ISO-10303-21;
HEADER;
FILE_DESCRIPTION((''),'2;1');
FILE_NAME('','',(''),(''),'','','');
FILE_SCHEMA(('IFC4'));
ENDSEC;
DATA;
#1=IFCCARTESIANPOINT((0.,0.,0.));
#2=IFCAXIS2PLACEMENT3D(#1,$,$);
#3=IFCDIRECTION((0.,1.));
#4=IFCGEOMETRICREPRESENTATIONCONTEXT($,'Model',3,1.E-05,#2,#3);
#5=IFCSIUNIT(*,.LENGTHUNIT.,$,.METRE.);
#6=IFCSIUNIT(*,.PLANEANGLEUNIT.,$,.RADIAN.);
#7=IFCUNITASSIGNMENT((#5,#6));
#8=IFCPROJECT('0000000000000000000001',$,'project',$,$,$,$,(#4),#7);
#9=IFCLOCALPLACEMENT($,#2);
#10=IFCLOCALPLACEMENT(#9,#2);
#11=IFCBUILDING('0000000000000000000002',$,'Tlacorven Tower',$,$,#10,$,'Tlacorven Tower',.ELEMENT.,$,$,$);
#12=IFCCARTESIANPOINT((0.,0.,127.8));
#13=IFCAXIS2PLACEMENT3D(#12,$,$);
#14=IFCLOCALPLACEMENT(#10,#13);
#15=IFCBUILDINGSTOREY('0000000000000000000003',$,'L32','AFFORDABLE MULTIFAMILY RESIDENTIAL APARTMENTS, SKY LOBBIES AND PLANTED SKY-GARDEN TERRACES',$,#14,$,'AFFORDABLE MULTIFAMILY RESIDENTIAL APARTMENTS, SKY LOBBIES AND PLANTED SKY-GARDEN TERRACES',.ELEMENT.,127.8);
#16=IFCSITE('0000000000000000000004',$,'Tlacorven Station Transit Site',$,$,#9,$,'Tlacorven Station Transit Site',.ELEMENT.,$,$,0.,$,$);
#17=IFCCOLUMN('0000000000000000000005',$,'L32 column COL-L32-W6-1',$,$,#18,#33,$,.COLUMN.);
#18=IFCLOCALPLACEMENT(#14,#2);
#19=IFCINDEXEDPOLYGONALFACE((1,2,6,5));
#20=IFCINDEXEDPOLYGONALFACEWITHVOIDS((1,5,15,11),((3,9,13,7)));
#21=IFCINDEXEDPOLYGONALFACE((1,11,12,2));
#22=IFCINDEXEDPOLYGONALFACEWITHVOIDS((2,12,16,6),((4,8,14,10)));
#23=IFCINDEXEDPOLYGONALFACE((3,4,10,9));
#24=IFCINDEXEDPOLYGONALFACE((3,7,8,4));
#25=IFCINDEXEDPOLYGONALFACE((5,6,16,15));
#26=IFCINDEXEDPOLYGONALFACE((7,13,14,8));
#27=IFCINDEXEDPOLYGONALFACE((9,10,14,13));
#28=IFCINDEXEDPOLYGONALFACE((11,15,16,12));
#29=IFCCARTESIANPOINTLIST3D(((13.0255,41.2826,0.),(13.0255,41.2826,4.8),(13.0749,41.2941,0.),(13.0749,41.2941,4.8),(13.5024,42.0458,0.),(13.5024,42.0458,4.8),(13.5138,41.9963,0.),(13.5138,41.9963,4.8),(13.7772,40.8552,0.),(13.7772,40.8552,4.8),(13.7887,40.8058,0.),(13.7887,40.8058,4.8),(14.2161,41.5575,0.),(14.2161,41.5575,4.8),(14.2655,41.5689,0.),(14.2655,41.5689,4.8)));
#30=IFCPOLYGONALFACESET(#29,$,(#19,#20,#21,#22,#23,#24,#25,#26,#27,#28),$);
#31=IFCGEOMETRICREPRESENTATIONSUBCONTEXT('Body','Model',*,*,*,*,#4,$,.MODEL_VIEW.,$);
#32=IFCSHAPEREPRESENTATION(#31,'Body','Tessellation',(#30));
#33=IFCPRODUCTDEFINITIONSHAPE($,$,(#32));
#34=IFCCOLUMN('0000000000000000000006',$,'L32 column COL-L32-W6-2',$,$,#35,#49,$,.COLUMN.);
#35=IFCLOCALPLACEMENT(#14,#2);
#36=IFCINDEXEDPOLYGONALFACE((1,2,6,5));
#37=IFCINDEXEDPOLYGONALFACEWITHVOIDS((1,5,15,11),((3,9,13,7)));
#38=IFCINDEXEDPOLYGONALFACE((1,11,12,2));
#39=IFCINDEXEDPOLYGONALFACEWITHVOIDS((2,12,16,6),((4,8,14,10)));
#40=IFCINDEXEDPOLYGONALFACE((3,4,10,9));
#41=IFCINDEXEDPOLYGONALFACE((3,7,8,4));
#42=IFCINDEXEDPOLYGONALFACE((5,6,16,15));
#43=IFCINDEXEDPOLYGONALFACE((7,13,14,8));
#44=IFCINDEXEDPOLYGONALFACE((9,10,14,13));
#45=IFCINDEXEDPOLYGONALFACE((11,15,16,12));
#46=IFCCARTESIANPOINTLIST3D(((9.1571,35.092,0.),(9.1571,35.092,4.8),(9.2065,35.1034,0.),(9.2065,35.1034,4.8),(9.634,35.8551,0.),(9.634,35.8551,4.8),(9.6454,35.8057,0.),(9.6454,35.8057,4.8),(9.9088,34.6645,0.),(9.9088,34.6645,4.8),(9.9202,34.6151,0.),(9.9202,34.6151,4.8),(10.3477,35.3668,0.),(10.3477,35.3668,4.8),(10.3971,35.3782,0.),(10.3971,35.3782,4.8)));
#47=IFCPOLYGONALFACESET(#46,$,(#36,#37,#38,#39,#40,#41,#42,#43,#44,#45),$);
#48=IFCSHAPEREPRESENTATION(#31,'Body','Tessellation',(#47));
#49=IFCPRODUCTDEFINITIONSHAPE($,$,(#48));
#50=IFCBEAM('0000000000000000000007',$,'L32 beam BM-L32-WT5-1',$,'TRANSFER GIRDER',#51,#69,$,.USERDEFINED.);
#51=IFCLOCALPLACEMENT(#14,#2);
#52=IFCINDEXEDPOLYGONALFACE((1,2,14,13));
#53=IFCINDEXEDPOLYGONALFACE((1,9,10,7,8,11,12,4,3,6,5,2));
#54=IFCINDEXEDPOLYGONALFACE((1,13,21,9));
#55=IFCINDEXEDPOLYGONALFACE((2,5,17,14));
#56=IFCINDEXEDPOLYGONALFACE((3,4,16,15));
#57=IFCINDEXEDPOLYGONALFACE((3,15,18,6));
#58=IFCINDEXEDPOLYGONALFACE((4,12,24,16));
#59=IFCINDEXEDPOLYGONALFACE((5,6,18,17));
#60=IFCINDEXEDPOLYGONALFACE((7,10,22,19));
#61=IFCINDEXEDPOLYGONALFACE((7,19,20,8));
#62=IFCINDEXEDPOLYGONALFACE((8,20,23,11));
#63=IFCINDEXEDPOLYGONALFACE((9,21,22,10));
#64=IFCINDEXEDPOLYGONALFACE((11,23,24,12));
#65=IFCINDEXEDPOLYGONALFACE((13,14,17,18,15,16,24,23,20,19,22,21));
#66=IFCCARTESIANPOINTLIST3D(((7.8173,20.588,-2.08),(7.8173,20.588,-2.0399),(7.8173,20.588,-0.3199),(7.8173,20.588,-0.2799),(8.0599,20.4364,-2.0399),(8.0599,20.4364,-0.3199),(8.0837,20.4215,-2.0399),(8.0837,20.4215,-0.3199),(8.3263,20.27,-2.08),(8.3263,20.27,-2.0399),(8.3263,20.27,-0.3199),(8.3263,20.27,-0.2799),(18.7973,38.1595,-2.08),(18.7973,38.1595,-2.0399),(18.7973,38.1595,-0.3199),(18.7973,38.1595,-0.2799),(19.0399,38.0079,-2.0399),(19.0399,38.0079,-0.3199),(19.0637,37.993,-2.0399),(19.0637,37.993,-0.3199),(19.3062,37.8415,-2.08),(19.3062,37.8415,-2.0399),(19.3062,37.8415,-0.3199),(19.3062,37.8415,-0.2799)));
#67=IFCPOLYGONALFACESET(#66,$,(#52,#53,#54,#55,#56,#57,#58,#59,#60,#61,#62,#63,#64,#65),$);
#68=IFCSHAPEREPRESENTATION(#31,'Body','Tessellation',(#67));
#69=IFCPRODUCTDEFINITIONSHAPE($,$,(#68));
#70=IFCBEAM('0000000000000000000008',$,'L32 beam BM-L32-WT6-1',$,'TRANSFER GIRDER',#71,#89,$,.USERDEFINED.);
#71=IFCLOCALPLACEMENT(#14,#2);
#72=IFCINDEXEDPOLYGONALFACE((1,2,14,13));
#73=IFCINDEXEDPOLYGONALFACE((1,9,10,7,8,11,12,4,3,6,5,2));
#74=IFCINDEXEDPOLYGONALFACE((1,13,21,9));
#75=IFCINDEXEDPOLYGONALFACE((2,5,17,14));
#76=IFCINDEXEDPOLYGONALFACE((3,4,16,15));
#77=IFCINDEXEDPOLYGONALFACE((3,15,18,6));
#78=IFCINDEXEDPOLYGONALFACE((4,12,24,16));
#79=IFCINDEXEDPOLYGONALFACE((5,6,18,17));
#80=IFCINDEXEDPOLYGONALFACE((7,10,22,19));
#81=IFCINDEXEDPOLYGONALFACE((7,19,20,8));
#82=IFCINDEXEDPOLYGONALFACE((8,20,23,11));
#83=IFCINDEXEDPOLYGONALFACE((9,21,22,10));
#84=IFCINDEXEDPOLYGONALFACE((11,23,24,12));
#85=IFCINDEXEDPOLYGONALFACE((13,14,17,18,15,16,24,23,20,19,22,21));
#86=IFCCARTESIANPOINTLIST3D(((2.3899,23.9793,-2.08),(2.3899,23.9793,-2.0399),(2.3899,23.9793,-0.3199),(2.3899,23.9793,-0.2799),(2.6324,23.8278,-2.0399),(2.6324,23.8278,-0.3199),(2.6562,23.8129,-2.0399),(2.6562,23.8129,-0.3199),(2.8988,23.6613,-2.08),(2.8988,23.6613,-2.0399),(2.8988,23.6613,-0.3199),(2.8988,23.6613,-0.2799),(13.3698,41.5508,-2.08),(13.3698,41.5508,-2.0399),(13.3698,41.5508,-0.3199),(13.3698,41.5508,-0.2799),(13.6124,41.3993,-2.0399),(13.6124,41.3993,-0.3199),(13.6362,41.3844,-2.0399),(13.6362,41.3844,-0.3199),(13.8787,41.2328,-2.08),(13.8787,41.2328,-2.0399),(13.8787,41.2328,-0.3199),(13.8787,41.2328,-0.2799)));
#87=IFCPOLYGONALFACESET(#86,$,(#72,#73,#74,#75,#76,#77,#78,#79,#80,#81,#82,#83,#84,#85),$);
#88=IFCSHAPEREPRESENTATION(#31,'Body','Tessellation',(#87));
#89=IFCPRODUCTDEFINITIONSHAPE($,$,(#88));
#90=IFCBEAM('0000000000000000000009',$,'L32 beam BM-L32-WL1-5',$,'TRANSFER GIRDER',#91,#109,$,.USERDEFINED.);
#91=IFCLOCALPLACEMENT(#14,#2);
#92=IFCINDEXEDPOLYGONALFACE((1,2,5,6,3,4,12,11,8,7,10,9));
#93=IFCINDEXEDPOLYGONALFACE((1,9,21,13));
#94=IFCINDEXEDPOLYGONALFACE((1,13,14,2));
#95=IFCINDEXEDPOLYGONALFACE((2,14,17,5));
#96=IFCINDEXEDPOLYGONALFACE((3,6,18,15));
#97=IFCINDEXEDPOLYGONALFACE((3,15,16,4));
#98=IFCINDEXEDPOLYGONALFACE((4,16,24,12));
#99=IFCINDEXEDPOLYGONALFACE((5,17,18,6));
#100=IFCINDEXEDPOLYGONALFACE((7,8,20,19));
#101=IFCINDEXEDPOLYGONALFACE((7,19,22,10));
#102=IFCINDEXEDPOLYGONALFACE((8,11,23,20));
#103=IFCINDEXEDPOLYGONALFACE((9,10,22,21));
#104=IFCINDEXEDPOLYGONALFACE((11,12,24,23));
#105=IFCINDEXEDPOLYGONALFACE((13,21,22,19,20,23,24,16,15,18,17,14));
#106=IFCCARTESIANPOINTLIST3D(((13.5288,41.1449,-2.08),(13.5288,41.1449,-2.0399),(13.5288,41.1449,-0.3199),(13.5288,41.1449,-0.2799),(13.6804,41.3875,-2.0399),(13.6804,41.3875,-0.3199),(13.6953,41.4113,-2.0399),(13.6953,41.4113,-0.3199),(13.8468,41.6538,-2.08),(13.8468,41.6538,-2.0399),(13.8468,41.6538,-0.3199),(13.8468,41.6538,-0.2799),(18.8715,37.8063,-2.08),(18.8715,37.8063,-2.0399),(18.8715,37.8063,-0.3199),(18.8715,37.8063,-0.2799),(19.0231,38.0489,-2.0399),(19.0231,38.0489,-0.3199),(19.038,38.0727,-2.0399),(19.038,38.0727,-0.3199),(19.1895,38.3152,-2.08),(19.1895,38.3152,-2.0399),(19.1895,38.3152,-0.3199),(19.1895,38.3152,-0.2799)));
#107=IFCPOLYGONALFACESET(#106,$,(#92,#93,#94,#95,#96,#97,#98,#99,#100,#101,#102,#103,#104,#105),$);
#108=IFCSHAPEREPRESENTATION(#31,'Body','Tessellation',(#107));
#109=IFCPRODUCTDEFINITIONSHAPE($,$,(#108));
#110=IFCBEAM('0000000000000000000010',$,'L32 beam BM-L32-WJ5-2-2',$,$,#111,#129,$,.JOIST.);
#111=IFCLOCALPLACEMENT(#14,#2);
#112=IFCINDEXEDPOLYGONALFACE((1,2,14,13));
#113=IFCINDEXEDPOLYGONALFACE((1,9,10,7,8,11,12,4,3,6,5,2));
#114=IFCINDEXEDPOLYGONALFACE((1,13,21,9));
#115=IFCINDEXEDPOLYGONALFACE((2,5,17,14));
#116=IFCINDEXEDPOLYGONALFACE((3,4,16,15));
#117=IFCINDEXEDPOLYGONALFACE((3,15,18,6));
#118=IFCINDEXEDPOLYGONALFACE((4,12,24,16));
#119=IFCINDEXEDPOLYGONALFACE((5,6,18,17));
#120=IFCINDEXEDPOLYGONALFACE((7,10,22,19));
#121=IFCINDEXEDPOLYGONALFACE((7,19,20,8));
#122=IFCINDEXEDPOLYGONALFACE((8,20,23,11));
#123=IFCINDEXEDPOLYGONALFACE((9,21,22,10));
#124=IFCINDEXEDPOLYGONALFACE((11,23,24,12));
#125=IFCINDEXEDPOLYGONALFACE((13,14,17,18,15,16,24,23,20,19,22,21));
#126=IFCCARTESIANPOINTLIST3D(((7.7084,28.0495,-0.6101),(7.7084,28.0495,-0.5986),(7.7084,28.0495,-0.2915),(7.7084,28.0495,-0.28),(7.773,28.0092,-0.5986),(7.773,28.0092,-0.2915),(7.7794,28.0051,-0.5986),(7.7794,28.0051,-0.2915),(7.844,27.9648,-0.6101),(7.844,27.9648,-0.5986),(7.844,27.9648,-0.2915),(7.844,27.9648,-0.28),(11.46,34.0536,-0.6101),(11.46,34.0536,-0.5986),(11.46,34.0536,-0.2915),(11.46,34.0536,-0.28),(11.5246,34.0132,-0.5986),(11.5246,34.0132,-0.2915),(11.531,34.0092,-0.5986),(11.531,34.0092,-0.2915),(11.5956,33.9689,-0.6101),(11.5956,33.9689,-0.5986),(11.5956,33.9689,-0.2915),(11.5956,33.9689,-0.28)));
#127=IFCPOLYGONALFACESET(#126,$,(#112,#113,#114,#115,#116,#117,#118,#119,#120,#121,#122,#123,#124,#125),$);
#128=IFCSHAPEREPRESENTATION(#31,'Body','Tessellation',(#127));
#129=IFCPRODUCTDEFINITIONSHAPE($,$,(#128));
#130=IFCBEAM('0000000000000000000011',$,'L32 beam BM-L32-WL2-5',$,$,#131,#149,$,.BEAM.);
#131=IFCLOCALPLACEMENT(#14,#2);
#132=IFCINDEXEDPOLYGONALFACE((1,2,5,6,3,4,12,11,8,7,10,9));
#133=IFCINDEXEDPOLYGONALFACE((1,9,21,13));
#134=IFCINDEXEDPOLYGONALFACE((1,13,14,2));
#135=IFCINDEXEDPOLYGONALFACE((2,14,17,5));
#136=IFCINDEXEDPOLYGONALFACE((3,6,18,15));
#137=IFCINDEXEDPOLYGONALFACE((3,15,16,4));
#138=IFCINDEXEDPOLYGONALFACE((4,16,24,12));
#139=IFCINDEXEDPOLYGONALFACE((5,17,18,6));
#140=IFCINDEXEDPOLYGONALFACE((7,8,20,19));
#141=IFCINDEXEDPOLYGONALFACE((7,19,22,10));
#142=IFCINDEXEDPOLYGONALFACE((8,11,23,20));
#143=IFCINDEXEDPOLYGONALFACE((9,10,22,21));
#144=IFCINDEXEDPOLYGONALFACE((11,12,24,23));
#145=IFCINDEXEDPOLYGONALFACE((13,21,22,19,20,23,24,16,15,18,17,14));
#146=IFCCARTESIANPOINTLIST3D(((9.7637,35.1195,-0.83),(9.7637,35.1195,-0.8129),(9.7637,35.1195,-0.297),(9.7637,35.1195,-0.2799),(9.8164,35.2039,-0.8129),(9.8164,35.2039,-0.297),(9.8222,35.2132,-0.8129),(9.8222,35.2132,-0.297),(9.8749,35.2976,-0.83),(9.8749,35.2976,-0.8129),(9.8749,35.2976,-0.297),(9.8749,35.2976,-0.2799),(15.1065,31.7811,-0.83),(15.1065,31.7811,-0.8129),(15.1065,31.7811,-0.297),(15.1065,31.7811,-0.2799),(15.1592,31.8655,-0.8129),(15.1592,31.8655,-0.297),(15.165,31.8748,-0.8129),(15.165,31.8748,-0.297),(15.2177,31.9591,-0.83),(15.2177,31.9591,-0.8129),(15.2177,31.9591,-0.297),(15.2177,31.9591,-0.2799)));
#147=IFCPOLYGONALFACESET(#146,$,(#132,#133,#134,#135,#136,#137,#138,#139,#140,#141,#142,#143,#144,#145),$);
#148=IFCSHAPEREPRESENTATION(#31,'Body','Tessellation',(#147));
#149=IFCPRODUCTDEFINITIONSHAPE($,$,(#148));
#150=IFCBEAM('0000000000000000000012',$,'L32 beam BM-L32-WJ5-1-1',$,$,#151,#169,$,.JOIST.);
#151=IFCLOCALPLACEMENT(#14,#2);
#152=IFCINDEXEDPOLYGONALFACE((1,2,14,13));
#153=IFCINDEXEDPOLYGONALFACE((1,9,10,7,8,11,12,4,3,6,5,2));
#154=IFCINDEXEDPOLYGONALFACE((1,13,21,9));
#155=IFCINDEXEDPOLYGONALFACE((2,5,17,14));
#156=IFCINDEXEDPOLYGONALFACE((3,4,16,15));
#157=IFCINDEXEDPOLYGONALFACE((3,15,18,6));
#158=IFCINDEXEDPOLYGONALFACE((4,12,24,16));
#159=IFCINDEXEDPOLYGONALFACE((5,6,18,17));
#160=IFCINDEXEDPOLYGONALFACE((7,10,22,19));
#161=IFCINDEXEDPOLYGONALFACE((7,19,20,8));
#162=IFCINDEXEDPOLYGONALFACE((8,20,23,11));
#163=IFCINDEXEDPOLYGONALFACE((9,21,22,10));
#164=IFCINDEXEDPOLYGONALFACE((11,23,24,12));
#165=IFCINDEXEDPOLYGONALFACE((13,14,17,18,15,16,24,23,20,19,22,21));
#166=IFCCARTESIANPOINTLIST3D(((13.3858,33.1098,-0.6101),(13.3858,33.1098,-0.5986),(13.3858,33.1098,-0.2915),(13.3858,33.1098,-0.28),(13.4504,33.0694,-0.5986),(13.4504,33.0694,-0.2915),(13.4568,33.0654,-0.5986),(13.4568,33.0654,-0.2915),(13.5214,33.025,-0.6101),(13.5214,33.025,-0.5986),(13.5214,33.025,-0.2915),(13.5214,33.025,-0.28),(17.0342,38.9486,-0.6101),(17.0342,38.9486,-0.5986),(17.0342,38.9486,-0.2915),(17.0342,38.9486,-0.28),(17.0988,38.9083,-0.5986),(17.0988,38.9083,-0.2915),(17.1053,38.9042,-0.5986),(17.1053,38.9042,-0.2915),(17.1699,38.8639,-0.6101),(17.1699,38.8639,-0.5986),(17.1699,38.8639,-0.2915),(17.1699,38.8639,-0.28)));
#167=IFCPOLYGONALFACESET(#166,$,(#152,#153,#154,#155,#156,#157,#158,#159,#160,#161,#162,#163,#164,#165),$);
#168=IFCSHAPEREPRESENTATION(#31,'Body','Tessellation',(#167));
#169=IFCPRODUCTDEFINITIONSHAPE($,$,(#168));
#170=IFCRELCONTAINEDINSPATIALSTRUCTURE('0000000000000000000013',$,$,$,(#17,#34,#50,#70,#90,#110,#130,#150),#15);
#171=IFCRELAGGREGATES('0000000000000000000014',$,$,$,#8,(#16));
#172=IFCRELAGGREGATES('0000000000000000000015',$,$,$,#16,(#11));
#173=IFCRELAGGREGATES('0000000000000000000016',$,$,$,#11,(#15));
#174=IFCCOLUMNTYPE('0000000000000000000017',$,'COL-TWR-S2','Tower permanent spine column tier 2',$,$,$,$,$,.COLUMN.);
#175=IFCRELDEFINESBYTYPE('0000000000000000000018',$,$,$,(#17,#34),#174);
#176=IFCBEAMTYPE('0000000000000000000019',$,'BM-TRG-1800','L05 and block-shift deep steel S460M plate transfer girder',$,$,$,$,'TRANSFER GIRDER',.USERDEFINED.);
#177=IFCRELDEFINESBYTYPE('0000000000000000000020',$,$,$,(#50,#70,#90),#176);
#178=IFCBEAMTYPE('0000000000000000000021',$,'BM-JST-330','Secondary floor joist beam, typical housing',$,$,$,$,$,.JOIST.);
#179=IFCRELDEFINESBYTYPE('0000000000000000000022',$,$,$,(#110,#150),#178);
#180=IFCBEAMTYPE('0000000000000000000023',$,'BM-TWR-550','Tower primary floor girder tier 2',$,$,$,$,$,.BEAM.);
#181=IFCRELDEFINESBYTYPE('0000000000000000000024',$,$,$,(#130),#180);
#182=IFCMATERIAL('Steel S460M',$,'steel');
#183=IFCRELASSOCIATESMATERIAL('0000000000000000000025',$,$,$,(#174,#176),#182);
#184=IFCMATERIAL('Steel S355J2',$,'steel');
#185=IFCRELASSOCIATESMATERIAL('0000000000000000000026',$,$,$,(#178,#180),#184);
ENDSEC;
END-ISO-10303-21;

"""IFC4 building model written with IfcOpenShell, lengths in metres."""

from ifc_helpers import new_model, si_unit, direction, frame, origin, origin_2d, place, context, subcontext, project, spatial, hollow_rectangle, i_section, extrude, source, transform, mapped, material, material_profile, profile_set, type_object, element, save


model = new_model("IFC4")

# Units and contexts
model_context = context("Model", 3, precision=1e-05, world=origin(), true_north=direction((0.0, 1.0)))
body_context = subcontext(model_context, "Body", "Model", "MODEL_VIEW")
ifc_project = project(units=[si_unit("LENGTHUNIT", "METRE"), si_unit("PLANEANGLEUNIT", "RADIAN")], contexts=[model_context])

# Site, building, storey
site_placement = place(None, origin())
site = spatial("IfcSite", under=ifc_project, at=site_placement, Name="Tlacorven Station Transit Site", LongName="Tlacorven Station Transit Site", CompositionType="ELEMENT", RefElevation=0.0)
building_placement = place(site_placement, origin())
building = spatial("IfcBuilding", under=site, at=building_placement, Name="Tlacorven Tower", LongName="Tlacorven Tower", CompositionType="ELEMENT")
storey_placement = place(building_placement, frame((0.0, 0.0, 127.8)))
storey = spatial("IfcBuildingStorey", under=building, at=storey_placement, Name="L32", Description="AFFORDABLE MULTIFAMILY RESIDENTIAL APARTMENTS, SKY LOBBIES AND PLANTED SKY-GARDEN TERRACES", LongName="AFFORDABLE MULTIFAMILY RESIDENTIAL APARTMENTS, SKY LOBBIES AND PLANTED SKY-GARDEN TERRACES", CompositionType="ELEMENT", Elevation=127.8)

# Columns
ifc_material_1 = material(Name="Steel S460M", Category="steel")
ifc_material_profile_1 = material_profile(ifc_material_1, hollow_rectangle(XDim=0.8999, YDim=0.8999, WallThickness=0.0359, at=origin_2d()), Name="BOX 900X900X36")
ifc_profile_set_1 = profile_set([ifc_material_profile_1], Name="Steel S460M")
column_type = type_object("IfcColumnType", Name="COL-TWR-S2", Description="Tower permanent spine column tier 2", PredefinedType="COLUMN", material=ifc_profile_set_1)
shared_shape_1 = source(origin(), body_context, "Body", "SweptSolid", [
    extrude(hollow_rectangle(XDim=0.8999, YDim=0.8999, WallThickness=0.0359, at=origin_2d()), origin(), (0.0, 0.0, 1.0), 4.8),
])
for number, where, z_axis, x_axis, name in (
    (1, (13.6455, 41.4258, 0.0), (0.0, 0.0, 1.0), (-0.848048, 0.529919, 0.0), "L32 column COL-L32-W6-1"),
    (2, (9.7771, 35.2351, 0.0), (0.0, 0.0, 1.0), (-0.848048, 0.529919, 0.0), "L32 column COL-L32-W6-2"),
):
    element("IfcColumn", number, at=place(storey_placement, frame(where, z_axis=z_axis, x_axis=x_axis)), inside=storey, type_object=column_type, Name=name, PredefinedType="COLUMN", context=body_context, shape_type="MappedRepresentation", body=[
        mapped(shared_shape_1, transform((0.0, 0.0, 0.0), scale=1.0)),
    ])

# Beams
ifc_material_profile_2 = material_profile(ifc_material_1, i_section(OverallWidth=0.6001, OverallDepth=1.8, WebThickness=0.0281, FlangeThickness=0.04, at=origin_2d()), Name="PG 1800X600X28X40")
ifc_profile_set_2 = profile_set([ifc_material_profile_2], Name="Steel S460M")
beam_type_1 = type_object("IfcBeamType", Name="BM-TRG-1800", Description="L05 and block-shift deep steel S460M plate transfer girder", ElementType="TRANSFER GIRDER", PredefinedType="USERDEFINED", material=ifc_profile_set_2)
shared_shape_2 = source(origin(), body_context, "Body", "SweptSolid", [
    extrude(i_section(OverallWidth=0.6001, OverallDepth=1.8, WebThickness=0.0281, FlangeThickness=0.04, at=origin_2d()), origin(), (0.0, 0.0, 1.0), 20.72),
])
for number, where, z_axis, x_axis, name in (
    (3, (19.0518, 38.0005, -1.1799), (-0.529922, -0.848047, 0.0), (0.848047, -0.529922, 0.0), "L32 beam BM-L32-WT5-1"),
    (4, (13.6243, 41.3918, -1.1799), (-0.529922, -0.848047, 0.0), (0.848047, -0.529922, 0.0), "L32 beam BM-L32-WT6-1"),
):
    element("IfcBeam", number, at=place(storey_placement, frame(where, z_axis=z_axis, x_axis=x_axis)), inside=storey, type_object=beam_type_1, Name=name, ObjectType="TRANSFER GIRDER", PredefinedType="USERDEFINED", context=body_context, shape_type="MappedRepresentation", body=[
        mapped(shared_shape_2, transform((0.0, 0.0, 0.0), scale=1.0)),
    ])
shared_shape_3 = source(origin(), body_context, "Body", "SweptSolid", [
    extrude(i_section(OverallWidth=0.6001, OverallDepth=1.8, WebThickness=0.0281, FlangeThickness=0.04, at=origin_2d()), origin(), (0.0, 0.0, 1.0), 6.3),
])
beam_1_placement = place(storey_placement, frame((19.0305, 38.0608, -1.1799), z_axis=(-0.848042, 0.529929, 0.0), x_axis=(-0.529929, -0.848042, 0.0)))
element("IfcBeam", 5, at=beam_1_placement, inside=storey, type_object=beam_type_1, Name="L32 beam BM-L32-WL1-5", ObjectType="TRANSFER GIRDER", PredefinedType="USERDEFINED", context=body_context, shape_type="MappedRepresentation", body=[
    mapped(shared_shape_3, transform((0.0, 0.0, 0.0), scale=1.0)),
])
ifc_material_2 = material(Name="Steel S355J2", Category="steel")
ifc_material_profile_3 = material_profile(ifc_material_2, i_section(OverallWidth=0.1599, OverallDepth=0.3301, WebThickness=0.0076, FlangeThickness=0.0115, at=origin_2d()), Name="IPE 330")
ifc_profile_set_3 = profile_set([ifc_material_profile_3], Name="Steel S355J2")
beam_type_2 = type_object("IfcBeamType", Name="BM-JST-330", Description="Secondary floor joist beam, typical housing", PredefinedType="JOIST", material=ifc_profile_set_3)
shared_shape_4 = source(origin(), body_context, "Body", "SweptSolid", [
    extrude(i_section(OverallWidth=0.1599, OverallDepth=0.3301, WebThickness=0.0076, FlangeThickness=0.0115, at=origin_2d()), origin(), (0.0, 0.0, 1.0), 7.0798),
])
beam_2_placement = place(storey_placement, frame((11.5278, 34.0112, -0.4451), z_axis=(-0.529909, -0.848054, 0.0), x_axis=(0.848054, -0.529909, 0.0)))
element("IfcBeam", 6, at=beam_2_placement, inside=storey, type_object=beam_type_2, Name="L32 beam BM-L32-WJ5-2-2", PredefinedType="JOIST", context=body_context, shape_type="MappedRepresentation", body=[
    mapped(shared_shape_4, transform((0.0, 0.0, 0.0), scale=1.0)),
])
ifc_material_profile_4 = material_profile(ifc_material_2, i_section(OverallWidth=0.21, OverallDepth=0.55, WebThickness=0.011, FlangeThickness=0.0171, at=origin_2d()), Name="IPE 550")
ifc_profile_set_4 = profile_set([ifc_material_profile_4], Name="Steel S355J2")
beam_type_3 = type_object("IfcBeamType", Name="BM-TWR-550", Description="Tower primary floor girder tier 2", PredefinedType="BEAM", material=ifc_profile_set_4)
shared_shape_5 = source(origin(), body_context, "Body", "SweptSolid", [
    extrude(i_section(OverallWidth=0.21, OverallDepth=0.55, WebThickness=0.011, FlangeThickness=0.0171, at=origin_2d()), origin(), (0.0, 0.0, 1.0), 6.3),
])
beam_3_placement = place(storey_placement, frame((15.1621, 31.8701, -0.5549), z_axis=(-0.848059, 0.529901, 0.0), x_axis=(-0.529901, -0.848059, 0.0)))
element("IfcBeam", 7, at=beam_3_placement, inside=storey, type_object=beam_type_3, Name="L32 beam BM-L32-WL2-5", PredefinedType="BEAM", context=body_context, shape_type="MappedRepresentation", body=[
    mapped(shared_shape_5, transform((0.0, 0.0, 0.0), scale=1.0)),
])
shared_shape_6 = source(origin(), body_context, "Body", "SweptSolid", [
    extrude(i_section(OverallWidth=0.1599, OverallDepth=0.3301, WebThickness=0.0076, FlangeThickness=0.0115, at=origin_2d()), origin(), (0.0, 0.0, 1.0), 6.885),
])
for number, where, z_axis, x_axis, name in (
    (8, (17.1021, 38.9062, -0.4451), (-0.52991, -0.848054, 0.0), (0.848054, -0.52991, 0.0), "L32 beam BM-L32-WJ5-1-1"),
):
    element("IfcBeam", number, at=place(storey_placement, frame(where, z_axis=z_axis, x_axis=x_axis)), inside=storey, type_object=beam_type_2, Name=name, PredefinedType="JOIST", context=body_context, shape_type="MappedRepresentation", body=[
        mapped(shared_shape_6, transform((0.0, 0.0, 0.0), scale=1.0)),
    ])

save(model, "model.ifc")
